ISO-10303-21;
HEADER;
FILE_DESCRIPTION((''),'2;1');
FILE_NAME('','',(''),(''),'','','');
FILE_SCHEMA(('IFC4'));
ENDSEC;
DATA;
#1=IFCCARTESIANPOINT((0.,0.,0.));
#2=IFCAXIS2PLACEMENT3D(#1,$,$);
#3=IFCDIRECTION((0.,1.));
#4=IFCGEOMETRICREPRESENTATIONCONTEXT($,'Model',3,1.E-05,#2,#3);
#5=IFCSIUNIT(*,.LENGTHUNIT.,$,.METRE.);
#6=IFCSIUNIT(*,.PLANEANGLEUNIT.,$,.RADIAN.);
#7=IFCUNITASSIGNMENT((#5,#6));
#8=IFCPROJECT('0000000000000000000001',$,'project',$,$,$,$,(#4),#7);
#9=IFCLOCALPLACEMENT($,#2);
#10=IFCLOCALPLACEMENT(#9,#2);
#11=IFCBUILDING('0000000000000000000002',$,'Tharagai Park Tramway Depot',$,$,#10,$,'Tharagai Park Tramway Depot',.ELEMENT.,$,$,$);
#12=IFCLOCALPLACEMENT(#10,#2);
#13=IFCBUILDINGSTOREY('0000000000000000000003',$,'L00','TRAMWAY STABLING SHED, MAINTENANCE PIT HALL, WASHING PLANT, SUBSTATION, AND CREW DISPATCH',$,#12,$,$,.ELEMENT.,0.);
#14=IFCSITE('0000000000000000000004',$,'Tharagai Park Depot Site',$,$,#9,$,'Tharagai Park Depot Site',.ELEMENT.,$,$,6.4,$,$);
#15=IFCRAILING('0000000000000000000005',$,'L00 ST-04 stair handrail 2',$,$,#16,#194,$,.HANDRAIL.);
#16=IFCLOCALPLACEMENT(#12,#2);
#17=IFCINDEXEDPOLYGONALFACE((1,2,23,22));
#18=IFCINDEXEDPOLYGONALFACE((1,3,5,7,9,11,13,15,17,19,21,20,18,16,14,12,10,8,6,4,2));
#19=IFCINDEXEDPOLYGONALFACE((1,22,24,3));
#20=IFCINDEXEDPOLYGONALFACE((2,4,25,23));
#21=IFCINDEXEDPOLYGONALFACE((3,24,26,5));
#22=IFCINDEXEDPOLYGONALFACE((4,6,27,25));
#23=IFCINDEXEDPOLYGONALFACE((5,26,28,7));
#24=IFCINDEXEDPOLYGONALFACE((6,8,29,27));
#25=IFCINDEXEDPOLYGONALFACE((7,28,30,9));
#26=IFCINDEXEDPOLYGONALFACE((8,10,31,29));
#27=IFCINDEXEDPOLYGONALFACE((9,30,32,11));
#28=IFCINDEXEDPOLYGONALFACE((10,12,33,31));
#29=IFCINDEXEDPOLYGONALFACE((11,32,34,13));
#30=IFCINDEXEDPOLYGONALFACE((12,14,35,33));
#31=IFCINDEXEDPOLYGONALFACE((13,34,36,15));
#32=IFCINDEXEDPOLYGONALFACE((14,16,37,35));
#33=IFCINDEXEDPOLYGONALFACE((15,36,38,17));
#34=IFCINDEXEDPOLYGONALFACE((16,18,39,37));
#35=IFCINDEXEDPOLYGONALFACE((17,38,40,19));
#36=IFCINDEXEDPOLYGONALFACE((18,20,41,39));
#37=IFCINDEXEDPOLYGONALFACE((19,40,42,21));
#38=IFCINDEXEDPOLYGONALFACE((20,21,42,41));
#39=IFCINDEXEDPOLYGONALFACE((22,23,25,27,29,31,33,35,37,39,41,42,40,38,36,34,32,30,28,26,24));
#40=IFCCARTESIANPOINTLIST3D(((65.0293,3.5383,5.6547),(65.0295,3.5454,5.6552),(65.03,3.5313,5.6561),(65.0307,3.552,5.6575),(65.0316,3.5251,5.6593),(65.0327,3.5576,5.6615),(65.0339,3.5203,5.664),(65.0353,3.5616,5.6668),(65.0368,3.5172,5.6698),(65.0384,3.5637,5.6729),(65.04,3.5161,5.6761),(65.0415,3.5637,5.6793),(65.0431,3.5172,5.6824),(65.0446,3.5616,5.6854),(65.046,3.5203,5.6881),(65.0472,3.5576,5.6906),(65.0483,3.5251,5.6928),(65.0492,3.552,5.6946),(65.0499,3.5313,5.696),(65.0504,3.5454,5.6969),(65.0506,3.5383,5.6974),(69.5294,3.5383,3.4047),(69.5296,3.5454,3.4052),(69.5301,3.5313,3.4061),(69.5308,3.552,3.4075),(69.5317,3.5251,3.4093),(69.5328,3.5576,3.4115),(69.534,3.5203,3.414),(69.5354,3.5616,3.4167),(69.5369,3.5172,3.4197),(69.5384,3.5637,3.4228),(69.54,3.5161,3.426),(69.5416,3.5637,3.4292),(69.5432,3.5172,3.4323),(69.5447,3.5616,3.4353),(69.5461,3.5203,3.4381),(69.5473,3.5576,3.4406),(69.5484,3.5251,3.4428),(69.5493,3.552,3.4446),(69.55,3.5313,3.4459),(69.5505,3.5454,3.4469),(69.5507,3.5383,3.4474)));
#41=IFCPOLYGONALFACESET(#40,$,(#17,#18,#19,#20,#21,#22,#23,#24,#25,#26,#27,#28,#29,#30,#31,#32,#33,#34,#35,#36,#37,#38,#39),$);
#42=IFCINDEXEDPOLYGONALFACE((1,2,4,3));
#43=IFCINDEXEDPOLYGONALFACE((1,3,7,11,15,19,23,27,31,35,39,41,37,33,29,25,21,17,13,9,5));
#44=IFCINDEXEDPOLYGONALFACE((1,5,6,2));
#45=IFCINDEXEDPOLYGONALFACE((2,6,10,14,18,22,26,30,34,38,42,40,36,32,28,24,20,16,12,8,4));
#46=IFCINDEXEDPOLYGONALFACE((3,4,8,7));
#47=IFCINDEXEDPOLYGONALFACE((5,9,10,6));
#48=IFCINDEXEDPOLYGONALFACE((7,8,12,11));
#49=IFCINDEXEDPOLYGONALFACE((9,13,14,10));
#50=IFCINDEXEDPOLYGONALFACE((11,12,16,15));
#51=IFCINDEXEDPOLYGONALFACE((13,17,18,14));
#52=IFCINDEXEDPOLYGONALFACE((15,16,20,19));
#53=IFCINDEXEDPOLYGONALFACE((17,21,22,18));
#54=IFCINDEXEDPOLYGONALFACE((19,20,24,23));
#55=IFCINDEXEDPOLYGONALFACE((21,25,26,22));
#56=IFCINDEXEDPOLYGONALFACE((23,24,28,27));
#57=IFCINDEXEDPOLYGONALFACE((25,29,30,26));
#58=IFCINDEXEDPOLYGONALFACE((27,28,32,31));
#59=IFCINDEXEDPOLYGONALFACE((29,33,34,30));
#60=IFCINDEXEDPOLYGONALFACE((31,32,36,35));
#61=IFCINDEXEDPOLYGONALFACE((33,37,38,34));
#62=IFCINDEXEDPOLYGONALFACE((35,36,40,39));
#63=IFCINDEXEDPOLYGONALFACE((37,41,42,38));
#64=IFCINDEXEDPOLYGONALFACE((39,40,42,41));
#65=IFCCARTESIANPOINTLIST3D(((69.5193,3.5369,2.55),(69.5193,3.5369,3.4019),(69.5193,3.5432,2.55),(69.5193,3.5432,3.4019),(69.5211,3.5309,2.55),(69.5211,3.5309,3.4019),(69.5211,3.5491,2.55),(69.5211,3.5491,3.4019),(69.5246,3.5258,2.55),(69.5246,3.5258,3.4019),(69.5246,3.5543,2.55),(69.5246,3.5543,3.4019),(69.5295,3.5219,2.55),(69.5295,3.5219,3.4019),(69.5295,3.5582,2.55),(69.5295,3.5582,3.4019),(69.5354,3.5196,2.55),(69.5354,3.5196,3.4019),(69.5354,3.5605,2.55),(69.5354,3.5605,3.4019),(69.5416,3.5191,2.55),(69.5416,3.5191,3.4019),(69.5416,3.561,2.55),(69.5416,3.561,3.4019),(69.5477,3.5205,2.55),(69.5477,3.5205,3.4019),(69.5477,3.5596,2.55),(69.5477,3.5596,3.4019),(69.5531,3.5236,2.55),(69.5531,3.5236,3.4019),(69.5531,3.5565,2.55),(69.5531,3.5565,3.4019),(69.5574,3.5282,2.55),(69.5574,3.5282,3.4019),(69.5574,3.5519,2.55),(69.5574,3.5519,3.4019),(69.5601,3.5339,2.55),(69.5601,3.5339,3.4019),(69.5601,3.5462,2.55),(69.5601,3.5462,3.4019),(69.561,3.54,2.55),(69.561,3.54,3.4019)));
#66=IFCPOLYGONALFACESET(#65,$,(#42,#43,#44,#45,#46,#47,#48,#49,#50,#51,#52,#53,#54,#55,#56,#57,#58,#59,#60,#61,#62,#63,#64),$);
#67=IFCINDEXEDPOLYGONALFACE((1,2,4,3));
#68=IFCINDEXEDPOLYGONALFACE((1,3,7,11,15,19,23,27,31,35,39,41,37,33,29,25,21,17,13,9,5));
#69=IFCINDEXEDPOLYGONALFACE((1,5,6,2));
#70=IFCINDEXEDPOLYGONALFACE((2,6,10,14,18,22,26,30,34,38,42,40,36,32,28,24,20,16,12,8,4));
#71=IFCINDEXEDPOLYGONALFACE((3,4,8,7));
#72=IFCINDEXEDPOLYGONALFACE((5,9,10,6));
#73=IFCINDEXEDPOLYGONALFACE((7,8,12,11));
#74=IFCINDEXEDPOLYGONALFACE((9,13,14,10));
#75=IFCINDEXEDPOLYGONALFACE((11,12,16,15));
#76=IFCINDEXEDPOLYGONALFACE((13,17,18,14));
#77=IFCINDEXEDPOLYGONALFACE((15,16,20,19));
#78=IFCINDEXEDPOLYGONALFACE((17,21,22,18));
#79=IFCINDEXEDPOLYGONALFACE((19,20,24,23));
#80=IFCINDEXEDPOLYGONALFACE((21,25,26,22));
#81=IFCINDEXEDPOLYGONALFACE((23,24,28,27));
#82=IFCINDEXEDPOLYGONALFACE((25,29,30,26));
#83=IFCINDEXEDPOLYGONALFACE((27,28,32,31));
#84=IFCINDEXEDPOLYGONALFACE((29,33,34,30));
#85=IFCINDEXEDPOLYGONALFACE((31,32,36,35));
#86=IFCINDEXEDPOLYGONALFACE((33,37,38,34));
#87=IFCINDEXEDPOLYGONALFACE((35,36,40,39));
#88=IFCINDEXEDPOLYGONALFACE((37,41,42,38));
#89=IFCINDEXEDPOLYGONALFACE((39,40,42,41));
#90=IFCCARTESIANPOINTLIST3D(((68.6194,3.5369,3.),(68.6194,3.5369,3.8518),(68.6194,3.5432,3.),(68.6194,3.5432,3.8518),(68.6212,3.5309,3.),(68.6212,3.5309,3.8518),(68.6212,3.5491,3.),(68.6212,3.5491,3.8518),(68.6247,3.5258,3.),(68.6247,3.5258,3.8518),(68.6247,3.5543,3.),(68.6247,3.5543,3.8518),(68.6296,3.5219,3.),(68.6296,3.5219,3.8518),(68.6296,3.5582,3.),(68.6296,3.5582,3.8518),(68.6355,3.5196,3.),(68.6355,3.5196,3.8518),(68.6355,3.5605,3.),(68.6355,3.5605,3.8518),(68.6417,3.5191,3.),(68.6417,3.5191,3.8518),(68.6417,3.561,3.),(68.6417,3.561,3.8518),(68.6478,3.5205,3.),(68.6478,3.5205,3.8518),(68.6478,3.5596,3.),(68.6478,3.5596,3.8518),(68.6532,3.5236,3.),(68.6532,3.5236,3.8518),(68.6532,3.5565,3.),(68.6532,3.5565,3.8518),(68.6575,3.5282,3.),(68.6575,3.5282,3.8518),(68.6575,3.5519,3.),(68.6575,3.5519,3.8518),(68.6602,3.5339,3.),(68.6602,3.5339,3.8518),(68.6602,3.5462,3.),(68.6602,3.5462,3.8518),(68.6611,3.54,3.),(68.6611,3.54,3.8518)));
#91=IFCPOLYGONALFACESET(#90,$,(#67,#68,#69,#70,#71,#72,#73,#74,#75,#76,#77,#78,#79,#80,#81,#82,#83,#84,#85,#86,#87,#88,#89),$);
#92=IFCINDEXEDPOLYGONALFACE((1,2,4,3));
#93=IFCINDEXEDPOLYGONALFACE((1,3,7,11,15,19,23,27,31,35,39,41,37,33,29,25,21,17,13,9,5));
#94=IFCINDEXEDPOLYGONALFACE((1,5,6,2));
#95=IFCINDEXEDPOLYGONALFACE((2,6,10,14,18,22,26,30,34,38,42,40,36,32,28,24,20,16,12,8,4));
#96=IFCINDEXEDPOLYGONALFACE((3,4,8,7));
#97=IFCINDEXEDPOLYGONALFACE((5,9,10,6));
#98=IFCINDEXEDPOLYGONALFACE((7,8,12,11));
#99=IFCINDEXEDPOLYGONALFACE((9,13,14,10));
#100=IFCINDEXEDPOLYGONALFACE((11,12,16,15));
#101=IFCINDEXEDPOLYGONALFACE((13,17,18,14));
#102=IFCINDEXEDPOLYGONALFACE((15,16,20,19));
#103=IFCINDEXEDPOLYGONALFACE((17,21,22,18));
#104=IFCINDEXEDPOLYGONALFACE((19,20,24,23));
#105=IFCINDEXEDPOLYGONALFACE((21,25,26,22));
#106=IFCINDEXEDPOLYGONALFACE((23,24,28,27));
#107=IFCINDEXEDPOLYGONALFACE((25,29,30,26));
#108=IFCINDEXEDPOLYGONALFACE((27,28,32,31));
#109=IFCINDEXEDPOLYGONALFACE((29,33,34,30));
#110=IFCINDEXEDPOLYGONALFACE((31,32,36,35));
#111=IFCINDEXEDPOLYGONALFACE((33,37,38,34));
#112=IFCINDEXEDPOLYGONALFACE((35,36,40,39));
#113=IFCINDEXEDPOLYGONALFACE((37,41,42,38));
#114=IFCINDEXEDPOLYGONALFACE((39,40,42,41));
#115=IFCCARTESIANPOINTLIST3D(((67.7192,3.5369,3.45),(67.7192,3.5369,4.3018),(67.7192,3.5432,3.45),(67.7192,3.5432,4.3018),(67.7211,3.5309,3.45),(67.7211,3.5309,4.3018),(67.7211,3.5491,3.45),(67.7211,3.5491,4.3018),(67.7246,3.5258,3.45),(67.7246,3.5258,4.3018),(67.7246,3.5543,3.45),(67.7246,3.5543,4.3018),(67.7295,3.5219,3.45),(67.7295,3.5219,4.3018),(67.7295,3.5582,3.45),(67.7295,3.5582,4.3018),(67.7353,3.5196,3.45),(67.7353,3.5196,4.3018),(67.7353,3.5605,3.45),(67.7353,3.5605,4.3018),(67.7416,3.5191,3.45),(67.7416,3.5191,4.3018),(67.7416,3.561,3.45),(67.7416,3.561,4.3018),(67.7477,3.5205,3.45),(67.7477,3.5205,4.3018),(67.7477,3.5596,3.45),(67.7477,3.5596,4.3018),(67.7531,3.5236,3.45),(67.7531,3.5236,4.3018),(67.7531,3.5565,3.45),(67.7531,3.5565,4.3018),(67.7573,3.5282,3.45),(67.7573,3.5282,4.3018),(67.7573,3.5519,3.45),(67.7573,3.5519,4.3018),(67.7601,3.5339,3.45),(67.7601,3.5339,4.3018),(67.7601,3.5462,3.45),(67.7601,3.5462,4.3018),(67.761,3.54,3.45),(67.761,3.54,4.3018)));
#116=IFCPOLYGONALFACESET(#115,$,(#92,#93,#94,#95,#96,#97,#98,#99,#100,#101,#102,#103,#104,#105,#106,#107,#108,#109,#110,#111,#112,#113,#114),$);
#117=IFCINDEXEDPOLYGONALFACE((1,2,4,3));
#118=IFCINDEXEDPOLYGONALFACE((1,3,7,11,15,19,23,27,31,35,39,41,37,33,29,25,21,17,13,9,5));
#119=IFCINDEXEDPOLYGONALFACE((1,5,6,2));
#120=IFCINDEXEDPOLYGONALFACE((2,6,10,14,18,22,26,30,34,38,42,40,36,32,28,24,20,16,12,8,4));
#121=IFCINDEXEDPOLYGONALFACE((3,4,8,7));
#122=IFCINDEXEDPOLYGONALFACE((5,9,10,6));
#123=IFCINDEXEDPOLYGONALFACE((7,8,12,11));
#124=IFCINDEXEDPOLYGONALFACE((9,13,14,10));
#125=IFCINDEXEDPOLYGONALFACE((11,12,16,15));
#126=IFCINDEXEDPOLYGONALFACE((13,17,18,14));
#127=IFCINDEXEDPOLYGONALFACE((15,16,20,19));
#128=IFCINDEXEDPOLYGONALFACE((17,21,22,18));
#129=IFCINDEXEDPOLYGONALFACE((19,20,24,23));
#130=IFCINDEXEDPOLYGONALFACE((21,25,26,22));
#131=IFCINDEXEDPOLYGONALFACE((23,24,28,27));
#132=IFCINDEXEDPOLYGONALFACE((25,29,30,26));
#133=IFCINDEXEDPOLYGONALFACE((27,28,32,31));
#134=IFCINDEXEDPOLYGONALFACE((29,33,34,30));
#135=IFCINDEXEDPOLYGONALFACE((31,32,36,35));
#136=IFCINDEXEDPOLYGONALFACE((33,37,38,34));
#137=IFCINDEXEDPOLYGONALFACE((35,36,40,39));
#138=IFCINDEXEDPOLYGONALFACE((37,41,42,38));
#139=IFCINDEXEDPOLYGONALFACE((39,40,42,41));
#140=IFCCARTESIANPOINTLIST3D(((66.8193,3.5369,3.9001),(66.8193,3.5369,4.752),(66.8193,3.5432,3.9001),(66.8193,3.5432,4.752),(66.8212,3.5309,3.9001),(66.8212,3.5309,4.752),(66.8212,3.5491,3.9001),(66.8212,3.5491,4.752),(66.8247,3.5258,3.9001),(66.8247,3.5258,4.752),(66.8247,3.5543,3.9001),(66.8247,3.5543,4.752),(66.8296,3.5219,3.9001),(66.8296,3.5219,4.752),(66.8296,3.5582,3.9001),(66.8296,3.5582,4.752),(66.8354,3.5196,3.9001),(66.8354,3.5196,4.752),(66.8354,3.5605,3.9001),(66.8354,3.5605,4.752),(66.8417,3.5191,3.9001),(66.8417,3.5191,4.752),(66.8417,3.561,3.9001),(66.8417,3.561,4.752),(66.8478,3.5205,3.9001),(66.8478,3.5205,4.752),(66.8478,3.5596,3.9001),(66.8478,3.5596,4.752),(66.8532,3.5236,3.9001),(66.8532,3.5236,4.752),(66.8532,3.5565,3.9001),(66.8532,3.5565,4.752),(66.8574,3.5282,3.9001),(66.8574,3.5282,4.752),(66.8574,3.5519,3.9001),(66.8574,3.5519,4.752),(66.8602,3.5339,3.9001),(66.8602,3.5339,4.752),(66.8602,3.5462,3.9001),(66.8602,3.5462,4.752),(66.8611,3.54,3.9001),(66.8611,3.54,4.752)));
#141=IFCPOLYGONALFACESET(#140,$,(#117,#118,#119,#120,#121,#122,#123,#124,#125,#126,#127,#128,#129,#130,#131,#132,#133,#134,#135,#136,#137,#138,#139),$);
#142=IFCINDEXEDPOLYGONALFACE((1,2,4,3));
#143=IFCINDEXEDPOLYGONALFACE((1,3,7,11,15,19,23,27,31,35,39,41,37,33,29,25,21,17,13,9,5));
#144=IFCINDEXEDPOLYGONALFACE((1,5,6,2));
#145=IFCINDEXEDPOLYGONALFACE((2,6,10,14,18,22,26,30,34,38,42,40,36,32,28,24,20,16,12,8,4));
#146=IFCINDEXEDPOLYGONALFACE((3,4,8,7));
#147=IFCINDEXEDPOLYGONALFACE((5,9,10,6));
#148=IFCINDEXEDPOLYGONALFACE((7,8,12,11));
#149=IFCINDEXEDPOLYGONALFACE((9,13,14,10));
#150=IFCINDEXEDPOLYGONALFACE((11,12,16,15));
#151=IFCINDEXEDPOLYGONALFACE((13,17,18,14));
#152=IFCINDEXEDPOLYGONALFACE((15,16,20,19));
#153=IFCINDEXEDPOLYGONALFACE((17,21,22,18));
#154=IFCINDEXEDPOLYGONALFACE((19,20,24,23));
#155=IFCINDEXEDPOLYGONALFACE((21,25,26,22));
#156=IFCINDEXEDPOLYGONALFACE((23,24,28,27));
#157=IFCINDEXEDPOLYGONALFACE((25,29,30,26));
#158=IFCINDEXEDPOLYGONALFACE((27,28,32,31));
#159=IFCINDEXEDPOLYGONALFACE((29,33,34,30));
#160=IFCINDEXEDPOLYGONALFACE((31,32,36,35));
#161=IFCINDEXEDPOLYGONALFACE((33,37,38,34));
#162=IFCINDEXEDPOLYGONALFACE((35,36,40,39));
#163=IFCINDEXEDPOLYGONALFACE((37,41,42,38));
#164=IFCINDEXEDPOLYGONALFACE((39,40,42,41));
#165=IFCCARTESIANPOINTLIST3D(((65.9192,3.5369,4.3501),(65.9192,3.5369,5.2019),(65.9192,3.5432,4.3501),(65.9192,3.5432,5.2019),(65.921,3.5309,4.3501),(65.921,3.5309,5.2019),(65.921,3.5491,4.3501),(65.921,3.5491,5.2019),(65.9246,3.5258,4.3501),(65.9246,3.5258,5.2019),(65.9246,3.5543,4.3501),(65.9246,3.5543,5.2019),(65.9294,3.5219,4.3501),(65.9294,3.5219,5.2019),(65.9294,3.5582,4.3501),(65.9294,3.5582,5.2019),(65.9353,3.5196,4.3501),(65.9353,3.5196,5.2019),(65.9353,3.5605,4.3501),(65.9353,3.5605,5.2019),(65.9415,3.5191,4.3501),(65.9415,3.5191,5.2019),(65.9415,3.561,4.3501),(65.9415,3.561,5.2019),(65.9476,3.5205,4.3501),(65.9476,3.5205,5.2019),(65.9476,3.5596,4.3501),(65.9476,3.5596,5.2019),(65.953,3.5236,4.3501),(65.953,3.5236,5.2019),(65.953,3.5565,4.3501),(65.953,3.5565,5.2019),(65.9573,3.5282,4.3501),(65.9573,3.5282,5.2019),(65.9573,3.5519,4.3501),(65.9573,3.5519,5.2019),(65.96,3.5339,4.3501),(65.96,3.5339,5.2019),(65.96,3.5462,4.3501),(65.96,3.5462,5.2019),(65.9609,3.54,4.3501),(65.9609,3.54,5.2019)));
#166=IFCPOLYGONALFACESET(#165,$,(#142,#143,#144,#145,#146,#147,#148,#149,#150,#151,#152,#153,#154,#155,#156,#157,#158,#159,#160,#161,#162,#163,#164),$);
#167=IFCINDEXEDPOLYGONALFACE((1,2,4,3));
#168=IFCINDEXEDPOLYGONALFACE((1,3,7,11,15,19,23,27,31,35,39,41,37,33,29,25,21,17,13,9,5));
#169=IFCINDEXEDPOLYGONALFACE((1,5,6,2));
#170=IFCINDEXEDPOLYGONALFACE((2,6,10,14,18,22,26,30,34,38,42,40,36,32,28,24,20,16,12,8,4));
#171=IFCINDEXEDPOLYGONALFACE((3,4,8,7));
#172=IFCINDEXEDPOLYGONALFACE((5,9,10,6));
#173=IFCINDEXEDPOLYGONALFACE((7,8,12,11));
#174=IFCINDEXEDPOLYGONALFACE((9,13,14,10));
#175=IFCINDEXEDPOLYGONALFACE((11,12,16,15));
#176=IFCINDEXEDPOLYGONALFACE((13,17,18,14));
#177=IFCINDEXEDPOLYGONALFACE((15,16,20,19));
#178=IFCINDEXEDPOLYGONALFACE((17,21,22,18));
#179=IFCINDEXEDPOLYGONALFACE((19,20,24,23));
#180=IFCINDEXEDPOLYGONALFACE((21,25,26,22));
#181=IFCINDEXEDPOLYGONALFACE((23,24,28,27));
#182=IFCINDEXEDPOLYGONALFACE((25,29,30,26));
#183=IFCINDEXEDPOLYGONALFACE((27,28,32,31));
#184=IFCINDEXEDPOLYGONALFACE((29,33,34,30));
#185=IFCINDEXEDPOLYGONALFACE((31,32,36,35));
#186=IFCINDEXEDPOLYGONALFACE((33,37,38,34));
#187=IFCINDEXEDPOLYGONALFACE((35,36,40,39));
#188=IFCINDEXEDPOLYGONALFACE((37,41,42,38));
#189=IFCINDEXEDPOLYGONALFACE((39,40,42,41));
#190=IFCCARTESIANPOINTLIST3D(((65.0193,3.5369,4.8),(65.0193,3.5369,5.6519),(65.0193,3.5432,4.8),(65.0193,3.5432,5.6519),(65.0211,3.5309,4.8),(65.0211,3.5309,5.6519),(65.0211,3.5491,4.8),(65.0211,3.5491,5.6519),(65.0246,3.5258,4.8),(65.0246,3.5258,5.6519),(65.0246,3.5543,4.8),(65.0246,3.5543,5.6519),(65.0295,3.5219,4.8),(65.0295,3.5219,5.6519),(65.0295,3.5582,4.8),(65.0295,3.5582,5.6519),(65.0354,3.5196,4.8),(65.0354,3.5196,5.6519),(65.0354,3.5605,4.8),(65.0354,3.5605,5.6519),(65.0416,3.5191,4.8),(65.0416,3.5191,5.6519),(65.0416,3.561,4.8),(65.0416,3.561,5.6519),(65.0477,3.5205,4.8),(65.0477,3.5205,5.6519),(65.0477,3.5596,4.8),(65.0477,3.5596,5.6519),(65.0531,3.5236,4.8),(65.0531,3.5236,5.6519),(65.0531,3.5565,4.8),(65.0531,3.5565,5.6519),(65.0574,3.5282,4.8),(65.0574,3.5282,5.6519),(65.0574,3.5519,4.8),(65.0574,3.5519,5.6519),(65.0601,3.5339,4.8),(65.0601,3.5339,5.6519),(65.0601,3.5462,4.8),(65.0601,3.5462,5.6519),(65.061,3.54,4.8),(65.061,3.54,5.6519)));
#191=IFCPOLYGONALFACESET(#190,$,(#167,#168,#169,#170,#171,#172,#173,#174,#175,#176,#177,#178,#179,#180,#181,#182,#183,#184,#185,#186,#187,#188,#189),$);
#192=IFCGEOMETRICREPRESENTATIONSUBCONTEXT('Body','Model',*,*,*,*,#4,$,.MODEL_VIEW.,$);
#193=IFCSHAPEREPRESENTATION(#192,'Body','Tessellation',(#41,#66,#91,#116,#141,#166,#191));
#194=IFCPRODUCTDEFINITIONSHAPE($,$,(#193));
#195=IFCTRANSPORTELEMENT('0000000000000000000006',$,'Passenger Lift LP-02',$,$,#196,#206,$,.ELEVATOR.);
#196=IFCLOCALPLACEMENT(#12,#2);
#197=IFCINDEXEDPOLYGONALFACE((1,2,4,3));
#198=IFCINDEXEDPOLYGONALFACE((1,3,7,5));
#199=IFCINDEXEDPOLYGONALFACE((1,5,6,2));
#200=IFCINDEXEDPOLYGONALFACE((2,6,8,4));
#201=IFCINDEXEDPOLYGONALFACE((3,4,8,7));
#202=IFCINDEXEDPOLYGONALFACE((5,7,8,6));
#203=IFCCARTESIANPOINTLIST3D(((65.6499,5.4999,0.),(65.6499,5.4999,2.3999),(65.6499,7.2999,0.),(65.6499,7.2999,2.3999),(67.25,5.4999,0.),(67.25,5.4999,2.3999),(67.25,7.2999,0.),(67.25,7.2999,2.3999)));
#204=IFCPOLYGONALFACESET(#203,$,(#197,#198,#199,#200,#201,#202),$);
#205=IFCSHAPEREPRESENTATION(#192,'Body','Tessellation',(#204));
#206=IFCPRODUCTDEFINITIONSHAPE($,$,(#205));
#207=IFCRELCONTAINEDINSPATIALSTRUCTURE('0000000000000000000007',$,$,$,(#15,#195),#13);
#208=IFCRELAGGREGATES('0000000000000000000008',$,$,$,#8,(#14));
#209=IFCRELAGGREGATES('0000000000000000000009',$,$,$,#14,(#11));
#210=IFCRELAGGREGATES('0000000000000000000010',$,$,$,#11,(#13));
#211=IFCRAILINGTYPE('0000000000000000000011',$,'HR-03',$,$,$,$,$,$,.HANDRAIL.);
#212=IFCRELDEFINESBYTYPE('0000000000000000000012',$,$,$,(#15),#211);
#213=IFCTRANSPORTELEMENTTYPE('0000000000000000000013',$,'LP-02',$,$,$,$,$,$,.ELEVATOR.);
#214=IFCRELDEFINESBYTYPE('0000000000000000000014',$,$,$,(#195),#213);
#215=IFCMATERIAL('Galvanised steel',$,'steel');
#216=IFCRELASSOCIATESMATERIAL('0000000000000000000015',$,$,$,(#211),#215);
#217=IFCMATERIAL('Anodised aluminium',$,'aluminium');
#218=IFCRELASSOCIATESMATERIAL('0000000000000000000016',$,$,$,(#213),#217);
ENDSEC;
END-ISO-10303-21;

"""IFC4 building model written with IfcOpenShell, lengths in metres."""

from ifc_helpers import new_model, si_unit, direction, frame, origin, origin_2d, place, context, subcontext, project, spatial, rectangle, circle, extrude, material, type_object, element, save


model = new_model("IFC4")

# Units and contexts
model_context = context("Model", 3, precision=1e-05, world=origin(), true_north=direction((0.0, 1.0)))
body_context = subcontext(model_context, "Body", "Model", "MODEL_VIEW")
ifc_project = project(units=[si_unit("LENGTHUNIT", "METRE"), si_unit("PLANEANGLEUNIT", "RADIAN")], contexts=[model_context])

# Site, building, storey
site_placement = place(None, origin())
site = spatial("IfcSite", under=ifc_project, at=site_placement, Name="Tharagai Park Depot Site", LongName="Tharagai Park Depot Site", CompositionType="ELEMENT", RefElevation=6.4)
building_placement = place(site_placement, origin())
building = spatial("IfcBuilding", under=site, at=building_placement, Name="Tharagai Park Tramway Depot", LongName="Tharagai Park Tramway Depot", CompositionType="ELEMENT")
storey_placement = place(building_placement, origin())
storey = spatial("IfcBuildingStorey", under=building, at=storey_placement, Name="L00", Description="TRAMWAY STABLING SHED, MAINTENANCE PIT HALL, WASHING PLANT, SUBSTATION, AND CREW DISPATCH", CompositionType="ELEMENT", Elevation=0.0)

# Shared definitions
ifc_material_1 = material(Name="Galvanised steel", Category="steel")

# Shared definitions
ifc_material_2 = material(Name="Anodised aluminium", Category="aluminium")

# Railing
railing_type_1 = type_object("IfcRailingType", Name="HR-03", PredefinedType="HANDRAIL", material=ifc_material_1)
railing_1_placement = place(storey_placement, frame((69.54, 3.54, 2.55)))
element("IfcRailing", 1, at=railing_1_placement, inside=storey, type_object=railing_type_1, Name="L00 ST-04 stair handrail 2", PredefinedType="HANDRAIL", context=body_context, shape_type="SweptSolid", body=[
    extrude(circle(Radius=0.0239, at=origin_2d()), frame((0.0, 0.0, 0.876), z_axis=(-0.894427, 0.0, 0.447214), x_axis=(0.0, -1.0, 0.0)), (0.0, 0.0, 1.0), 5.0312),
    extrude(circle(Radius=0.021, at=origin_2d()), origin(), (0.0, 0.0, 1.0), 0.8518),
    extrude(circle(Radius=0.021, at=origin_2d()), frame((-0.8999, 0.0, 0.45)), (0.0, 0.0, 1.0), 0.8518),
    extrude(circle(Radius=0.021, at=origin_2d()), frame((-1.8, 0.0, 0.8999)), (0.0, 0.0, 1.0), 0.8518),
    extrude(circle(Radius=0.021, at=origin_2d()), frame((-2.7, 0.0, 1.3501)), (0.0, 0.0, 1.0), 0.8518),
    extrude(circle(Radius=0.021, at=origin_2d()), frame((-3.6001, 0.0, 1.8)), (0.0, 0.0, 1.0), 0.8518),
    extrude(circle(Radius=0.021, at=origin_2d()), frame((-4.5, 0.0, 2.25)), (0.0, 0.0, 1.0), 0.8518),
])

# Transport element
transport_element_type = type_object("IfcTransportElementType", Name="LP-02", PredefinedType="ELEVATOR", material=ifc_material_2)
transport_element_placement = place(storey_placement, frame((66.45, 6.3999, 0.0), z_axis=(0.0, 0.0, 1.0), x_axis=(1.0, 0.0, 0.0)))
element("IfcTransportElement", 2, at=transport_element_placement, inside=storey, type_object=transport_element_type, Name="Passenger Lift LP-02", PredefinedType="ELEVATOR", context=body_context, shape_type="SweptSolid", body=[
    extrude(rectangle(XDim=1.6001, YDim=1.8, at=origin_2d()), origin(), (0.0, 0.0, 1.0), 2.3999),
])

save(model, "model.ifc")
